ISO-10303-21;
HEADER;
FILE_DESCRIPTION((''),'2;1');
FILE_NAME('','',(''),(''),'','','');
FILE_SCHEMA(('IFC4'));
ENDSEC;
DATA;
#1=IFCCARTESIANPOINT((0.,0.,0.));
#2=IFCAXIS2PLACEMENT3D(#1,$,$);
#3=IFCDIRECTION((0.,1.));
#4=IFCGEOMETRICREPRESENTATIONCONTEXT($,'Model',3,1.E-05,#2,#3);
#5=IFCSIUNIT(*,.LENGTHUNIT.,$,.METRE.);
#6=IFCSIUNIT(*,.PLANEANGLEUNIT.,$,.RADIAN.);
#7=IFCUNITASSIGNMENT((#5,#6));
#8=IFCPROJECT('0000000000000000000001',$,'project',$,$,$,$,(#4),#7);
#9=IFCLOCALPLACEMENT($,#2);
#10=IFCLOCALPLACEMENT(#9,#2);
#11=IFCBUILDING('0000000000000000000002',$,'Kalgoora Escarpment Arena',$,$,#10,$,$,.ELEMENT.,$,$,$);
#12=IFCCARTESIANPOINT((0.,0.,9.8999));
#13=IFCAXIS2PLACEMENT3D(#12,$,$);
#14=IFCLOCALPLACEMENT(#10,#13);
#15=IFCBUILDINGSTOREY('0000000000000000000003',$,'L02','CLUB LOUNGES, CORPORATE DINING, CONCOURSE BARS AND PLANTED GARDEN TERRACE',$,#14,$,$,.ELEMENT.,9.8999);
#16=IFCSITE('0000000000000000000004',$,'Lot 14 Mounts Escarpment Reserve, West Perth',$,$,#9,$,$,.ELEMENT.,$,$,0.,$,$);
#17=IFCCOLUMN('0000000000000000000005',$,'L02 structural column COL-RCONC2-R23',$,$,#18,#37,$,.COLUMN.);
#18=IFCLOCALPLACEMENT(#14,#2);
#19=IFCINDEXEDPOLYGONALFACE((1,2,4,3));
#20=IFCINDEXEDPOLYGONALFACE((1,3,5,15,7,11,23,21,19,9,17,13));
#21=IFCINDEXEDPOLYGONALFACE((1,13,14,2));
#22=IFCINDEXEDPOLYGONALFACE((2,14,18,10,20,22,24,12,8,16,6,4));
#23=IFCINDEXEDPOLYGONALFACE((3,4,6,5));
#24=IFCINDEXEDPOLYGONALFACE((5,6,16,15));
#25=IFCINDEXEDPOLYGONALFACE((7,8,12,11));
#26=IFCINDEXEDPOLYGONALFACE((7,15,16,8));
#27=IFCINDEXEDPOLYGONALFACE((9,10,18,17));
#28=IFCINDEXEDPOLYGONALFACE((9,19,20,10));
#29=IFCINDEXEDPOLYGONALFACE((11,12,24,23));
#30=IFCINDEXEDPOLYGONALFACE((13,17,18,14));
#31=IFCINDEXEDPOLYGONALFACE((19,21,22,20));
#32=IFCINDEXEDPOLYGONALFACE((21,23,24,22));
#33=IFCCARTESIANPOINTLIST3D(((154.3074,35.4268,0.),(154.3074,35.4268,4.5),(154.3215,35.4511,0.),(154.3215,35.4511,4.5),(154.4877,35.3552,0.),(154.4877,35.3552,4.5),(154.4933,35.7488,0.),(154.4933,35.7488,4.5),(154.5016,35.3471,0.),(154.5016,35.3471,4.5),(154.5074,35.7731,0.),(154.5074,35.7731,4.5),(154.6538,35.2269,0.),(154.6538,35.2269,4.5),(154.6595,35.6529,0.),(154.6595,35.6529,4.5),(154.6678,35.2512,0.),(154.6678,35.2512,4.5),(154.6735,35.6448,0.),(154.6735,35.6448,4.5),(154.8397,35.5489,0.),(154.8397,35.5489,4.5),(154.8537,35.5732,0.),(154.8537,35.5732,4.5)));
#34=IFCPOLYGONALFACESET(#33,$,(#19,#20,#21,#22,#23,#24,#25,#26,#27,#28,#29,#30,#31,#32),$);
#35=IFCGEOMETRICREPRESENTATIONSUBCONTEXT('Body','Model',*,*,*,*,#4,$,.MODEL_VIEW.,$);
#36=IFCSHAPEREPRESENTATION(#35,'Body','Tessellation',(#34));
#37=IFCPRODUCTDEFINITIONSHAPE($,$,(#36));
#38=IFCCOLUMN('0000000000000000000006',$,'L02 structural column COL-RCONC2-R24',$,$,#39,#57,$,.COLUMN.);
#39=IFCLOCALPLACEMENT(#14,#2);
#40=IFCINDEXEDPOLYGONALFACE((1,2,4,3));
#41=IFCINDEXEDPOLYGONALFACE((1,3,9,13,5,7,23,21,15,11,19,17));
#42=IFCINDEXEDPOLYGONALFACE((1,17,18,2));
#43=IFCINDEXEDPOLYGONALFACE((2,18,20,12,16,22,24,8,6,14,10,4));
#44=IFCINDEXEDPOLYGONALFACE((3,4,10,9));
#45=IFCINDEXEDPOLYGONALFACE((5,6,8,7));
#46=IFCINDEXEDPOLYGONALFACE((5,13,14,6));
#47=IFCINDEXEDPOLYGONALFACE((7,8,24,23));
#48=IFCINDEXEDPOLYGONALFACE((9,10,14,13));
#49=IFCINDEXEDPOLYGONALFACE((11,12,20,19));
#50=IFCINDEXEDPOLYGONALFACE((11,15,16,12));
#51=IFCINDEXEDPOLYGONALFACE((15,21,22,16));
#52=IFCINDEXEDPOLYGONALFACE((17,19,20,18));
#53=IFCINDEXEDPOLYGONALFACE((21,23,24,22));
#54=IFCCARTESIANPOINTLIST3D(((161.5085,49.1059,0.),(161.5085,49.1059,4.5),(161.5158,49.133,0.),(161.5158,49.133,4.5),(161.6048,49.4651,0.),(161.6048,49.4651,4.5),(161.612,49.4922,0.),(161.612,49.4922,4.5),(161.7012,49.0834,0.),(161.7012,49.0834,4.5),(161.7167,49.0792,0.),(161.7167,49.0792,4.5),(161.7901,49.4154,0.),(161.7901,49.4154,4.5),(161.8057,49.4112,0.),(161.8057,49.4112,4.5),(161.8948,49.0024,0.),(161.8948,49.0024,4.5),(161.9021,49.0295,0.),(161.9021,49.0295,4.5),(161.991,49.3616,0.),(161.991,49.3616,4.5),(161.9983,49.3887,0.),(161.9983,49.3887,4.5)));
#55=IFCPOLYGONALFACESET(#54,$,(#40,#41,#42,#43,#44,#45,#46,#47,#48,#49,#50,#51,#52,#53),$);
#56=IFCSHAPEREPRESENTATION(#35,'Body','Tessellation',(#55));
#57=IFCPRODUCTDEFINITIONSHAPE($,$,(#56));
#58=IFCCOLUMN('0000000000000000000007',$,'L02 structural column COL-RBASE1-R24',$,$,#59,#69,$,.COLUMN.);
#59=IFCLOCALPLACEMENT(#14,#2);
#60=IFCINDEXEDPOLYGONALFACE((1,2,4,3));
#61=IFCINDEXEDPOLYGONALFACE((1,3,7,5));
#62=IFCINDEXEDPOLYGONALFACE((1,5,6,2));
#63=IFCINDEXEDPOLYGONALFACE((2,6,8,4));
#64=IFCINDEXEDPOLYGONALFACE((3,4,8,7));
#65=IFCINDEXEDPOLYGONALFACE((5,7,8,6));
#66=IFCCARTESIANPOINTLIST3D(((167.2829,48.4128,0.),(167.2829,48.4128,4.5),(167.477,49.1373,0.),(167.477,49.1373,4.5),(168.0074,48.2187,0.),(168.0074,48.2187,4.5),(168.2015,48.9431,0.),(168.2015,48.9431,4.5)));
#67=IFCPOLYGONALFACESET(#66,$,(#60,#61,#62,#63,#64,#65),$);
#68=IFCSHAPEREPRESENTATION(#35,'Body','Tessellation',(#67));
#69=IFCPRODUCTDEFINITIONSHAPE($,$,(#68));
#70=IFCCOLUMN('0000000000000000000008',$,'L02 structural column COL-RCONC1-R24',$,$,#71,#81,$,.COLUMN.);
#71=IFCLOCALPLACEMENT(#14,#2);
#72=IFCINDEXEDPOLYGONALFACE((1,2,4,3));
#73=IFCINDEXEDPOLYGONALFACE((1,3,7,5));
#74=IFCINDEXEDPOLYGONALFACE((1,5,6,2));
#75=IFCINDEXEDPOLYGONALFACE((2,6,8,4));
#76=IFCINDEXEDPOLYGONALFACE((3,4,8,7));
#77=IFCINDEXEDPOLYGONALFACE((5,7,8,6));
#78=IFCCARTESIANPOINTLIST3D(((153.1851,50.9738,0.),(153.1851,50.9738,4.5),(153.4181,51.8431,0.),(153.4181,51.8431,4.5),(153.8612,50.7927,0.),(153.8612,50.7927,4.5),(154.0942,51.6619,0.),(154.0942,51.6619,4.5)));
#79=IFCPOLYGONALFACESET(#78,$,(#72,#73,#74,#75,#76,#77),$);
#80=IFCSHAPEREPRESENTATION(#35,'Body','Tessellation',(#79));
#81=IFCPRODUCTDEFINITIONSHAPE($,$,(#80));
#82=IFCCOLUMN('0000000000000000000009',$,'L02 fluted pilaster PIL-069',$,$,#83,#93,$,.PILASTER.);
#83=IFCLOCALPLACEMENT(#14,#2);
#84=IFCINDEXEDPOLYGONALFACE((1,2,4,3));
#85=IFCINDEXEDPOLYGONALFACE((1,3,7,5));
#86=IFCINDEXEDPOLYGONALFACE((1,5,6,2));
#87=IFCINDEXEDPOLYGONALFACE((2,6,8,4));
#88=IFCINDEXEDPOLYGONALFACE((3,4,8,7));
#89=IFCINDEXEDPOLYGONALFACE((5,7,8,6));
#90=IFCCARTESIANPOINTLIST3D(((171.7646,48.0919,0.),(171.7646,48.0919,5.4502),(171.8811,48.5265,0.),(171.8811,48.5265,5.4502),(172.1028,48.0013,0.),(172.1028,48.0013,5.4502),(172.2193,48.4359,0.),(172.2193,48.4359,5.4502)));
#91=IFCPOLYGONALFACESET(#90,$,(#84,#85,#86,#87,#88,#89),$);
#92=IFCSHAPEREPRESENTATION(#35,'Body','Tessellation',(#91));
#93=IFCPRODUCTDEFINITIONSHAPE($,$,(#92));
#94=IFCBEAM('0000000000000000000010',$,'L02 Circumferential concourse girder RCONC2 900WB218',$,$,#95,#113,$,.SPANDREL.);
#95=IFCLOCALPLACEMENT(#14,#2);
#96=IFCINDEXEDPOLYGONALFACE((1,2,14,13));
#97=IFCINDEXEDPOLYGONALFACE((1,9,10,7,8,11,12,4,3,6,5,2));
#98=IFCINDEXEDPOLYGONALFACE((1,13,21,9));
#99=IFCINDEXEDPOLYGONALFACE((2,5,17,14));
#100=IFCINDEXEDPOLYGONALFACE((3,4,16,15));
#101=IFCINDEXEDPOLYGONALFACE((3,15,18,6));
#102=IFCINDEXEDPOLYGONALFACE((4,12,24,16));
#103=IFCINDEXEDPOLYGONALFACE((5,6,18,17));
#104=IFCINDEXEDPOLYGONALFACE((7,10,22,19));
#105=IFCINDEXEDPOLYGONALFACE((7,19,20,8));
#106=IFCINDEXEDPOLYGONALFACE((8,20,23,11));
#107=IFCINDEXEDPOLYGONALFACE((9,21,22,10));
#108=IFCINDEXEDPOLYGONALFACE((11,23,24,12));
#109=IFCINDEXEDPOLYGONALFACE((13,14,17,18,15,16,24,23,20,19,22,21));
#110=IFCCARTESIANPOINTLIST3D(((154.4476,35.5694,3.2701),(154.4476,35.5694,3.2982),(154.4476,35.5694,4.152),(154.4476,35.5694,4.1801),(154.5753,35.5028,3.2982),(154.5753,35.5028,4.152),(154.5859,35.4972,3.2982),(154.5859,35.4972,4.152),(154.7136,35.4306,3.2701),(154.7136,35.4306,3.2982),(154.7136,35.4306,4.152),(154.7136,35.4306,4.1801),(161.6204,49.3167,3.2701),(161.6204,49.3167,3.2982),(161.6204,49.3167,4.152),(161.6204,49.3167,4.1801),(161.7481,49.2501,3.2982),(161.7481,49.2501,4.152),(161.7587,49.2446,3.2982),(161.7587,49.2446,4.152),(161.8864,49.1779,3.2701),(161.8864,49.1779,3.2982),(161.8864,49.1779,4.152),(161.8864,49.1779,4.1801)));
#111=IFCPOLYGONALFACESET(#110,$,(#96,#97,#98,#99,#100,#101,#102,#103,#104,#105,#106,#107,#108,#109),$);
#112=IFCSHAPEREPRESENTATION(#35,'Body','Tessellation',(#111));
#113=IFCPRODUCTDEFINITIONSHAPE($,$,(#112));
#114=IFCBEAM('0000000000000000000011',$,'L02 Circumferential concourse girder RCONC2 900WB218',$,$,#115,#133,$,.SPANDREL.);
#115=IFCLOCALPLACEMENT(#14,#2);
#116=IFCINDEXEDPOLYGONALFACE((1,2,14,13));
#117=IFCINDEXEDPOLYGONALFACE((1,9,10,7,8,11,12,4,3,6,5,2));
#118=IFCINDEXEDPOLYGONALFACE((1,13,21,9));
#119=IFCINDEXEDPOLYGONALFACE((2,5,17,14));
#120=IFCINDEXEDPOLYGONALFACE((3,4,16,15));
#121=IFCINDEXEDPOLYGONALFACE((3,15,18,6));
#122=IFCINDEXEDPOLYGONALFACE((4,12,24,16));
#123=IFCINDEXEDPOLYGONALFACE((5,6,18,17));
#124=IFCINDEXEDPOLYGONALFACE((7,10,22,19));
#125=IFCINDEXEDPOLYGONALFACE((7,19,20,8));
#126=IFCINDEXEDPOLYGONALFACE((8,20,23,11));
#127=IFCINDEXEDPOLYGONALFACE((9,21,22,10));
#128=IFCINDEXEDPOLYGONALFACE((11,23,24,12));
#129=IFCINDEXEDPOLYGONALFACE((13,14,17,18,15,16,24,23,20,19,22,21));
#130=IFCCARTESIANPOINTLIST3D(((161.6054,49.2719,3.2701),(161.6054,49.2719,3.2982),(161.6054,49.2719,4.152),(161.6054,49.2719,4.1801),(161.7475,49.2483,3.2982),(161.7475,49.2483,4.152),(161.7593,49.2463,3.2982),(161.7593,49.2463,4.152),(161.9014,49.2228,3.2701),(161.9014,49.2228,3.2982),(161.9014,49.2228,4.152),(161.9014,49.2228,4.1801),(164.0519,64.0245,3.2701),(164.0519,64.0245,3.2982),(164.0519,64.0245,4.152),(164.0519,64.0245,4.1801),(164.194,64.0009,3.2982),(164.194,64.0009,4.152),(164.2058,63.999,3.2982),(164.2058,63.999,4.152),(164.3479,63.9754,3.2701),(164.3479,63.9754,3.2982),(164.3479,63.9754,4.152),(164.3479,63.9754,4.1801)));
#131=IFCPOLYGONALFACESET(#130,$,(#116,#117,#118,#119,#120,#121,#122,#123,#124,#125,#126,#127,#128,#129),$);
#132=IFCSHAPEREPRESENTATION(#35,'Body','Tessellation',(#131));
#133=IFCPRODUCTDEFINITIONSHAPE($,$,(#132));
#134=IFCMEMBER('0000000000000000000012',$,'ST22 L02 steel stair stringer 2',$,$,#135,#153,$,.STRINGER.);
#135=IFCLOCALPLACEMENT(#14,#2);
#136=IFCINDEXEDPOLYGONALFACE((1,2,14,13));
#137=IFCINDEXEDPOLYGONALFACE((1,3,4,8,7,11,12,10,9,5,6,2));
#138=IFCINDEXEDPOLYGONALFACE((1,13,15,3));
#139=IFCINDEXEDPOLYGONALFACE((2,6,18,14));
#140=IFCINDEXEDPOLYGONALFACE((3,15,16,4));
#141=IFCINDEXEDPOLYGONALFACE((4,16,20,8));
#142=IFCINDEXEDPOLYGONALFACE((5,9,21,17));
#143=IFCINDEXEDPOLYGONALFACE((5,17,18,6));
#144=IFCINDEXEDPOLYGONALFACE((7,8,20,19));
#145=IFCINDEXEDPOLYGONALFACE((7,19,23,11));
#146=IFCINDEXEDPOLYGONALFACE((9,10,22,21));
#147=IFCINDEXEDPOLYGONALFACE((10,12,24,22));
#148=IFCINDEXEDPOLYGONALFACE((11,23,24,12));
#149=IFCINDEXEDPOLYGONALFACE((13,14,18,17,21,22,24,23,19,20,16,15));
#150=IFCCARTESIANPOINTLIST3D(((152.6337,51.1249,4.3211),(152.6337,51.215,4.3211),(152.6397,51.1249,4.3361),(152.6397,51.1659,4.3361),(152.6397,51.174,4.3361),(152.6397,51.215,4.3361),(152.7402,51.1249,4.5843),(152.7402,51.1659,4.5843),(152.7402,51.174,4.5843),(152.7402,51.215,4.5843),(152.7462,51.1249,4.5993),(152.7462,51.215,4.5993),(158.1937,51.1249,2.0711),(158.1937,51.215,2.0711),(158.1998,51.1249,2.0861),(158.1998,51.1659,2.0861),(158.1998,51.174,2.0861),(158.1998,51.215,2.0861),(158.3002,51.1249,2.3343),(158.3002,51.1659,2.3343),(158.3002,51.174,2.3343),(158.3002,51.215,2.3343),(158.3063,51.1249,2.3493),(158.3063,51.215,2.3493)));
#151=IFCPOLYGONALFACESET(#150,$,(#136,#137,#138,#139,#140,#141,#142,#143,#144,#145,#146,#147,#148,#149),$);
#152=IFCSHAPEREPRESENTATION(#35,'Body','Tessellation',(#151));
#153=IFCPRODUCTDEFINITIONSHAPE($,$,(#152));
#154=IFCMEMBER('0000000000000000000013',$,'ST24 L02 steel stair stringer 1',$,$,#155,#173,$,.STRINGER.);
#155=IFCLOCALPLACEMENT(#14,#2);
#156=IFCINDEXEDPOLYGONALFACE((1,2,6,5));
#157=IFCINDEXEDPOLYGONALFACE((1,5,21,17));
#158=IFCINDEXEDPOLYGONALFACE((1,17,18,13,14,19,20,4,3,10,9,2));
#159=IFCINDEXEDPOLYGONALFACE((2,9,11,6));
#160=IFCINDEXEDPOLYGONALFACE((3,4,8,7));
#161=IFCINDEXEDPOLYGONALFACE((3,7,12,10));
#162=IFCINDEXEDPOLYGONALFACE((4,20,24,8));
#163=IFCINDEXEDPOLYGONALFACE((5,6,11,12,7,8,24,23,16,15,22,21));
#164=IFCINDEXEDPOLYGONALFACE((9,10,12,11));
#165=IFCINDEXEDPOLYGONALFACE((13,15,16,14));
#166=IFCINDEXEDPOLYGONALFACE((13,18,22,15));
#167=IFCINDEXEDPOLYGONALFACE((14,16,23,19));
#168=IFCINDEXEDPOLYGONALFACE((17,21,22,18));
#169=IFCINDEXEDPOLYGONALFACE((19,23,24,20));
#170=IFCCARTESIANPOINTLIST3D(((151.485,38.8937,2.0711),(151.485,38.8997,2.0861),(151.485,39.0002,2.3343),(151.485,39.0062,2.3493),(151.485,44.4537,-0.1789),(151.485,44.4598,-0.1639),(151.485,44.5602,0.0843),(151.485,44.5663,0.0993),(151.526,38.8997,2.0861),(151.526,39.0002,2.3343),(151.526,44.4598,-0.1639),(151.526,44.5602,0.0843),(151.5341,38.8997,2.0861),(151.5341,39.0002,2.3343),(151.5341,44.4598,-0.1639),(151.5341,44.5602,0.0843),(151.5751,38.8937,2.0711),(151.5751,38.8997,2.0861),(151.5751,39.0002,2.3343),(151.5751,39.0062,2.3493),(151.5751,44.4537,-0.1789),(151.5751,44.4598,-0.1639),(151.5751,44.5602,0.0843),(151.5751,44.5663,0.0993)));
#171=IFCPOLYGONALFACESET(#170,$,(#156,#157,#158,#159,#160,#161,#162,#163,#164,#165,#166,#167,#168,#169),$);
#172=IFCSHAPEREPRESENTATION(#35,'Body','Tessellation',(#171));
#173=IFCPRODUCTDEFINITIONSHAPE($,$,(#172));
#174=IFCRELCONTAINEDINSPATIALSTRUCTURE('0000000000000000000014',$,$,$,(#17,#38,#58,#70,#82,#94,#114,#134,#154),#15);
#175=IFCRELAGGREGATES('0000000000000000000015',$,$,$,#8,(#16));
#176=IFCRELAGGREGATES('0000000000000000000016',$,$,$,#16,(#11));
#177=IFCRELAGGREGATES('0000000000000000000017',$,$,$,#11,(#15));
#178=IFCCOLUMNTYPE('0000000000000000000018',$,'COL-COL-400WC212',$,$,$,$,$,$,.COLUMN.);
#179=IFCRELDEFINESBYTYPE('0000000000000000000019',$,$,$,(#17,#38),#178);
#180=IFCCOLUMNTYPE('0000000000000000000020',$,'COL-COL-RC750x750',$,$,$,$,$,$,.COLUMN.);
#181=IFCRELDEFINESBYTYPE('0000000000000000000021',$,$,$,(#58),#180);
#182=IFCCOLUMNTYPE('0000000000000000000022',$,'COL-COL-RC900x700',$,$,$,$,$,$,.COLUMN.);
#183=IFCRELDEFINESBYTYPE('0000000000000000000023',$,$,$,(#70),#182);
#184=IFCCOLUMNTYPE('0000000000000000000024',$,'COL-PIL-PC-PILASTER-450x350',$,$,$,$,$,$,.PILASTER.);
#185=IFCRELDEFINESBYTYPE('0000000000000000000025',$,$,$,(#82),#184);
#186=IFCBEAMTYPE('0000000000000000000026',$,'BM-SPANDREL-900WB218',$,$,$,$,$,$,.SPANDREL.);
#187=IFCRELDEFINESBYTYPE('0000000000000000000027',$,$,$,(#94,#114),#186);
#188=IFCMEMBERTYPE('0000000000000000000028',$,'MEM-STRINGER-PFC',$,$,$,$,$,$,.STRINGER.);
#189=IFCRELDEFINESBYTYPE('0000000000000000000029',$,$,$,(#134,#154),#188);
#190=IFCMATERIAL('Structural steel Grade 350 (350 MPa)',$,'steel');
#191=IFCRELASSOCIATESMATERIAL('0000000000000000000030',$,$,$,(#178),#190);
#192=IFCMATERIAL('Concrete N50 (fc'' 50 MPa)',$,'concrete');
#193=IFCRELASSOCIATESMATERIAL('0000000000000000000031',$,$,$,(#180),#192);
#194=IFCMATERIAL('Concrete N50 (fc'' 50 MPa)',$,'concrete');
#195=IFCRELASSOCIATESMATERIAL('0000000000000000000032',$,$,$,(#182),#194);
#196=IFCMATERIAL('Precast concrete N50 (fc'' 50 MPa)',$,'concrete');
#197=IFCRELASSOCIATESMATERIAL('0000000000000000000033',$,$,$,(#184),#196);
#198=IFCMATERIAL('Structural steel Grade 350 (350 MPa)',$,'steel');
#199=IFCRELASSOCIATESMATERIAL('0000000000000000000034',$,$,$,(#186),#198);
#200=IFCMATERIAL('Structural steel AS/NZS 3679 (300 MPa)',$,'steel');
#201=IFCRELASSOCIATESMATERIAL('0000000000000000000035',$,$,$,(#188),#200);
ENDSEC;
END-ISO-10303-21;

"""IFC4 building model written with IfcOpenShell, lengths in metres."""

from ifc_helpers import new_model, si_unit, direction, frame, origin, origin_2d, place, context, subcontext, project, spatial, rectangle, i_section, extrude, material, material_profile, profile_set, type_object, element, save


model = new_model("IFC4")

# Units and contexts
model_context = context("Model", 3, precision=1e-05, world=origin(), true_north=direction((0.0, 1.0)))
body_context = subcontext(model_context, "Body", "Model", "MODEL_VIEW")
ifc_project = project(units=[si_unit("LENGTHUNIT", "METRE"), si_unit("PLANEANGLEUNIT", "RADIAN")], contexts=[model_context])

# Site, building, storey
site_placement = place(None, origin())
site = spatial("IfcSite", under=ifc_project, at=site_placement, Name="Lot 14 Mounts Escarpment Reserve, West Perth", CompositionType="ELEMENT", RefElevation=0.0)
building_placement = place(site_placement, origin())
building = spatial("IfcBuilding", under=site, at=building_placement, Name="Kalgoora Escarpment Arena", CompositionType="ELEMENT")
storey_placement = place(building_placement, frame((0.0, 0.0, 9.8999)))
storey = spatial("IfcBuildingStorey", under=building, at=storey_placement, Name="L02", Description="CLUB LOUNGES, CORPORATE DINING, CONCOURSE BARS AND PLANTED GARDEN TERRACE", CompositionType="ELEMENT", Elevation=9.8999)

# Columns
ifc_material_1 = material(Name="Structural steel Grade 350 (350 MPa)", Category="steel")
ifc_material_profile_1 = material_profile(ifc_material_1, i_section(OverallWidth=0.3999, OverallDepth=0.3999, WebThickness=0.0161, FlangeThickness=0.0281, at=origin_2d()))
ifc_profile_set_1 = profile_set([ifc_material_profile_1], Name="Structural steel Grade 350 (350 MPa)")
column_type_1 = type_object("IfcColumnType", Name="COL-COL-400WC212", PredefinedType="COLUMN", material=ifc_profile_set_1)
for number, where, z_axis, x_axis, name in (
    (1, (154.5806, 35.5, 0.0), (0.0, 0.0, 1.0), (0.866025, -0.5, 0.0), "L02 structural column COL-RCONC2-R23"),
    (2, (161.7534, 49.2473, 0.0), (0.0, 0.0, 1.0), (0.965926, -0.258819, 0.0), "L02 structural column COL-RCONC2-R24"),
):
    element("IfcColumn", number, at=place(storey_placement, frame(where, z_axis=z_axis, x_axis=x_axis)), inside=storey, type_object=column_type_1, Name=name, PredefinedType="COLUMN", context=body_context, shape_type="SweptSolid", body=[
        extrude(i_section(OverallWidth=0.3999, OverallDepth=0.3999, WebThickness=0.0161, FlangeThickness=0.0281, at=origin_2d()), origin(), (0.0, 0.0, 1.0), 4.5),
    ])
ifc_material_2 = material(Name="Concrete N50 (fc' 50 MPa)", Category="concrete")
ifc_material_profile_2 = material_profile(ifc_material_2, rectangle(XDim=0.75, YDim=0.75, at=origin_2d()))
ifc_profile_set_2 = profile_set([ifc_material_profile_2], Name="Concrete N50 (fc' 50 MPa)")
column_type_2 = type_object("IfcColumnType", Name="COL-COL-RC750x750", PredefinedType="COLUMN", material=ifc_profile_set_2)
column_1_placement = place(storey_placement, frame((167.7422, 48.678, 0.0), z_axis=(0.0, 0.0, 1.0), x_axis=(0.965926, -0.258819, 0.0)))
element("IfcColumn", 3, at=column_1_placement, inside=storey, type_object=column_type_2, Name="L02 structural column COL-RBASE1-R24", PredefinedType="COLUMN", context=body_context, shape_type="SweptSolid", body=[
    extrude(rectangle(XDim=0.75, YDim=0.75, at=origin_2d()), origin(), (0.0, 0.0, 1.0), 4.5),
])
ifc_material_3 = material(Name="Concrete N50 (fc' 50 MPa)", Category="concrete")
ifc_material_profile_3 = material_profile(ifc_material_3, rectangle(XDim=0.7, YDim=0.8999, at=origin_2d()))
ifc_profile_set_3 = profile_set([ifc_material_profile_3], Name="Concrete N50 (fc' 50 MPa)")
column_type_3 = type_object("IfcColumnType", Name="COL-COL-RC900x700", PredefinedType="COLUMN", material=ifc_profile_set_3)
column_2_placement = place(storey_placement, frame((153.6396, 51.3179, 0.0), z_axis=(0.0, 0.0, 1.0), x_axis=(0.965926, -0.258819, 0.0)))
element("IfcColumn", 4, at=column_2_placement, inside=storey, type_object=column_type_3, Name="L02 structural column COL-RCONC1-R24", PredefinedType="COLUMN", context=body_context, shape_type="SweptSolid", body=[
    extrude(rectangle(XDim=0.7, YDim=0.8999, at=origin_2d()), origin(), (0.0, 0.0, 1.0), 4.5),
])
ifc_material_4 = material(Name="Precast concrete N50 (fc' 50 MPa)", Category="concrete")
ifc_material_profile_4 = material_profile(ifc_material_4, rectangle(XDim=0.3501, YDim=0.45, at=origin_2d()))
ifc_profile_set_4 = profile_set([ifc_material_profile_4], Name="Precast concrete N50 (fc' 50 MPa)")
column_type_4 = type_object("IfcColumnType", Name="COL-PIL-PC-PILASTER-450x350", PredefinedType="PILASTER", material=ifc_profile_set_4)
column_3_placement = place(storey_placement, frame((171.9919, 48.2639, 0.0), z_axis=(0.0, 0.0, 1.0), x_axis=(0.965926, -0.258819, 0.0)))
element("IfcColumn", 5, at=column_3_placement, inside=storey, type_object=column_type_4, Name="L02 fluted pilaster PIL-069", PredefinedType="PILASTER", context=body_context, shape_type="SweptSolid", body=[
    extrude(rectangle(XDim=0.3501, YDim=0.45, at=origin_2d()), origin(), (0.0, 0.0, 1.0), 5.4502),
])

# Beams
ifc_material_5 = material(Name="Structural steel Grade 350 (350 MPa)", Category="steel")
ifc_material_profile_5 = material_profile(ifc_material_5, i_section(OverallWidth=0.3, OverallDepth=0.9099, WebThickness=0.012, FlangeThickness=0.0281, at=origin_2d()))
ifc_profile_set_5 = profile_set([ifc_material_profile_5], Name="Structural steel Grade 350 (350 MPa)")
beam_type = type_object("IfcBeamType", Name="BM-SPANDREL-900WB218", PredefinedType="SPANDREL", material=ifc_profile_set_5)
beam_1_placement = place(storey_placement, frame((154.5806, 35.5, 3.7251), z_axis=(0.462583, 0.886576, 0.0), x_axis=(-0.886576, 0.462583, 0.0)))
element("IfcBeam", 6, at=beam_1_placement, inside=storey, type_object=beam_type, Name="L02 Circumferential concourse girder RCONC2 900WB218", PredefinedType="SPANDREL", context=body_context, shape_type="SweptSolid", body=[
    extrude(i_section(OverallWidth=0.3, OverallDepth=0.9099, WebThickness=0.012, FlangeThickness=0.0281, at=origin_2d()), origin(), (0.0, 0.0, 1.0), 15.5061),
])
beam_2_placement = place(storey_placement, frame((161.7534, 49.2473, 3.7251), z_axis=(0.163602, 0.986526, 0.0), x_axis=(-0.986526, 0.163602, 0.0)))
element("IfcBeam", 7, at=beam_2_placement, inside=storey, type_object=beam_type, Name="L02 Circumferential concourse girder RCONC2 900WB218", PredefinedType="SPANDREL", context=body_context, shape_type="SweptSolid", body=[
    extrude(i_section(OverallWidth=0.3, OverallDepth=0.9099, WebThickness=0.012, FlangeThickness=0.0281, at=origin_2d()), origin(), (0.0, 0.0, 1.0), 14.9541),
])

# Members
ifc_material_6 = material(Name="Structural steel AS/NZS 3679 (300 MPa)", Category="steel")
ifc_material_profile_6 = material_profile(ifc_material_6, i_section(OverallWidth=0.0901, OverallDepth=0.3, WebThickness=0.0081, FlangeThickness=0.0161, at=origin_2d()))
ifc_profile_set_6 = profile_set([ifc_material_profile_6], Name="Structural steel AS/NZS 3679 (300 MPa)")
member_type = type_object("IfcMemberType", Name="MEM-STRINGER-PFC", PredefinedType="STRINGER", material=ifc_profile_set_6)
for number, where, z_axis, x_axis, name in (
    (8, (158.25, 51.1699, 2.2102), (-0.926976, 0.0, 0.375121), (0.0, -1.0, 0.0), "ST22 L02 steel stair stringer 2"),
    (9, (151.53, 44.51, -0.0398), (0.0, -0.926976, 0.375121), (1.0, 0.0, 0.0), "ST24 L02 steel stair stringer 1"),
):
    element("IfcMember", number, at=place(storey_placement, frame(where, z_axis=z_axis, x_axis=x_axis)), inside=storey, type_object=member_type, Name=name, PredefinedType="STRINGER", context=body_context, shape_type="SweptSolid", body=[
        extrude(i_section(OverallWidth=0.0901, OverallDepth=0.3, WebThickness=0.0081, FlangeThickness=0.0161, at=origin_2d()), origin(), (0.0, 0.0, 1.0), 5.998),
    ])

save(model, "model.ifc")
